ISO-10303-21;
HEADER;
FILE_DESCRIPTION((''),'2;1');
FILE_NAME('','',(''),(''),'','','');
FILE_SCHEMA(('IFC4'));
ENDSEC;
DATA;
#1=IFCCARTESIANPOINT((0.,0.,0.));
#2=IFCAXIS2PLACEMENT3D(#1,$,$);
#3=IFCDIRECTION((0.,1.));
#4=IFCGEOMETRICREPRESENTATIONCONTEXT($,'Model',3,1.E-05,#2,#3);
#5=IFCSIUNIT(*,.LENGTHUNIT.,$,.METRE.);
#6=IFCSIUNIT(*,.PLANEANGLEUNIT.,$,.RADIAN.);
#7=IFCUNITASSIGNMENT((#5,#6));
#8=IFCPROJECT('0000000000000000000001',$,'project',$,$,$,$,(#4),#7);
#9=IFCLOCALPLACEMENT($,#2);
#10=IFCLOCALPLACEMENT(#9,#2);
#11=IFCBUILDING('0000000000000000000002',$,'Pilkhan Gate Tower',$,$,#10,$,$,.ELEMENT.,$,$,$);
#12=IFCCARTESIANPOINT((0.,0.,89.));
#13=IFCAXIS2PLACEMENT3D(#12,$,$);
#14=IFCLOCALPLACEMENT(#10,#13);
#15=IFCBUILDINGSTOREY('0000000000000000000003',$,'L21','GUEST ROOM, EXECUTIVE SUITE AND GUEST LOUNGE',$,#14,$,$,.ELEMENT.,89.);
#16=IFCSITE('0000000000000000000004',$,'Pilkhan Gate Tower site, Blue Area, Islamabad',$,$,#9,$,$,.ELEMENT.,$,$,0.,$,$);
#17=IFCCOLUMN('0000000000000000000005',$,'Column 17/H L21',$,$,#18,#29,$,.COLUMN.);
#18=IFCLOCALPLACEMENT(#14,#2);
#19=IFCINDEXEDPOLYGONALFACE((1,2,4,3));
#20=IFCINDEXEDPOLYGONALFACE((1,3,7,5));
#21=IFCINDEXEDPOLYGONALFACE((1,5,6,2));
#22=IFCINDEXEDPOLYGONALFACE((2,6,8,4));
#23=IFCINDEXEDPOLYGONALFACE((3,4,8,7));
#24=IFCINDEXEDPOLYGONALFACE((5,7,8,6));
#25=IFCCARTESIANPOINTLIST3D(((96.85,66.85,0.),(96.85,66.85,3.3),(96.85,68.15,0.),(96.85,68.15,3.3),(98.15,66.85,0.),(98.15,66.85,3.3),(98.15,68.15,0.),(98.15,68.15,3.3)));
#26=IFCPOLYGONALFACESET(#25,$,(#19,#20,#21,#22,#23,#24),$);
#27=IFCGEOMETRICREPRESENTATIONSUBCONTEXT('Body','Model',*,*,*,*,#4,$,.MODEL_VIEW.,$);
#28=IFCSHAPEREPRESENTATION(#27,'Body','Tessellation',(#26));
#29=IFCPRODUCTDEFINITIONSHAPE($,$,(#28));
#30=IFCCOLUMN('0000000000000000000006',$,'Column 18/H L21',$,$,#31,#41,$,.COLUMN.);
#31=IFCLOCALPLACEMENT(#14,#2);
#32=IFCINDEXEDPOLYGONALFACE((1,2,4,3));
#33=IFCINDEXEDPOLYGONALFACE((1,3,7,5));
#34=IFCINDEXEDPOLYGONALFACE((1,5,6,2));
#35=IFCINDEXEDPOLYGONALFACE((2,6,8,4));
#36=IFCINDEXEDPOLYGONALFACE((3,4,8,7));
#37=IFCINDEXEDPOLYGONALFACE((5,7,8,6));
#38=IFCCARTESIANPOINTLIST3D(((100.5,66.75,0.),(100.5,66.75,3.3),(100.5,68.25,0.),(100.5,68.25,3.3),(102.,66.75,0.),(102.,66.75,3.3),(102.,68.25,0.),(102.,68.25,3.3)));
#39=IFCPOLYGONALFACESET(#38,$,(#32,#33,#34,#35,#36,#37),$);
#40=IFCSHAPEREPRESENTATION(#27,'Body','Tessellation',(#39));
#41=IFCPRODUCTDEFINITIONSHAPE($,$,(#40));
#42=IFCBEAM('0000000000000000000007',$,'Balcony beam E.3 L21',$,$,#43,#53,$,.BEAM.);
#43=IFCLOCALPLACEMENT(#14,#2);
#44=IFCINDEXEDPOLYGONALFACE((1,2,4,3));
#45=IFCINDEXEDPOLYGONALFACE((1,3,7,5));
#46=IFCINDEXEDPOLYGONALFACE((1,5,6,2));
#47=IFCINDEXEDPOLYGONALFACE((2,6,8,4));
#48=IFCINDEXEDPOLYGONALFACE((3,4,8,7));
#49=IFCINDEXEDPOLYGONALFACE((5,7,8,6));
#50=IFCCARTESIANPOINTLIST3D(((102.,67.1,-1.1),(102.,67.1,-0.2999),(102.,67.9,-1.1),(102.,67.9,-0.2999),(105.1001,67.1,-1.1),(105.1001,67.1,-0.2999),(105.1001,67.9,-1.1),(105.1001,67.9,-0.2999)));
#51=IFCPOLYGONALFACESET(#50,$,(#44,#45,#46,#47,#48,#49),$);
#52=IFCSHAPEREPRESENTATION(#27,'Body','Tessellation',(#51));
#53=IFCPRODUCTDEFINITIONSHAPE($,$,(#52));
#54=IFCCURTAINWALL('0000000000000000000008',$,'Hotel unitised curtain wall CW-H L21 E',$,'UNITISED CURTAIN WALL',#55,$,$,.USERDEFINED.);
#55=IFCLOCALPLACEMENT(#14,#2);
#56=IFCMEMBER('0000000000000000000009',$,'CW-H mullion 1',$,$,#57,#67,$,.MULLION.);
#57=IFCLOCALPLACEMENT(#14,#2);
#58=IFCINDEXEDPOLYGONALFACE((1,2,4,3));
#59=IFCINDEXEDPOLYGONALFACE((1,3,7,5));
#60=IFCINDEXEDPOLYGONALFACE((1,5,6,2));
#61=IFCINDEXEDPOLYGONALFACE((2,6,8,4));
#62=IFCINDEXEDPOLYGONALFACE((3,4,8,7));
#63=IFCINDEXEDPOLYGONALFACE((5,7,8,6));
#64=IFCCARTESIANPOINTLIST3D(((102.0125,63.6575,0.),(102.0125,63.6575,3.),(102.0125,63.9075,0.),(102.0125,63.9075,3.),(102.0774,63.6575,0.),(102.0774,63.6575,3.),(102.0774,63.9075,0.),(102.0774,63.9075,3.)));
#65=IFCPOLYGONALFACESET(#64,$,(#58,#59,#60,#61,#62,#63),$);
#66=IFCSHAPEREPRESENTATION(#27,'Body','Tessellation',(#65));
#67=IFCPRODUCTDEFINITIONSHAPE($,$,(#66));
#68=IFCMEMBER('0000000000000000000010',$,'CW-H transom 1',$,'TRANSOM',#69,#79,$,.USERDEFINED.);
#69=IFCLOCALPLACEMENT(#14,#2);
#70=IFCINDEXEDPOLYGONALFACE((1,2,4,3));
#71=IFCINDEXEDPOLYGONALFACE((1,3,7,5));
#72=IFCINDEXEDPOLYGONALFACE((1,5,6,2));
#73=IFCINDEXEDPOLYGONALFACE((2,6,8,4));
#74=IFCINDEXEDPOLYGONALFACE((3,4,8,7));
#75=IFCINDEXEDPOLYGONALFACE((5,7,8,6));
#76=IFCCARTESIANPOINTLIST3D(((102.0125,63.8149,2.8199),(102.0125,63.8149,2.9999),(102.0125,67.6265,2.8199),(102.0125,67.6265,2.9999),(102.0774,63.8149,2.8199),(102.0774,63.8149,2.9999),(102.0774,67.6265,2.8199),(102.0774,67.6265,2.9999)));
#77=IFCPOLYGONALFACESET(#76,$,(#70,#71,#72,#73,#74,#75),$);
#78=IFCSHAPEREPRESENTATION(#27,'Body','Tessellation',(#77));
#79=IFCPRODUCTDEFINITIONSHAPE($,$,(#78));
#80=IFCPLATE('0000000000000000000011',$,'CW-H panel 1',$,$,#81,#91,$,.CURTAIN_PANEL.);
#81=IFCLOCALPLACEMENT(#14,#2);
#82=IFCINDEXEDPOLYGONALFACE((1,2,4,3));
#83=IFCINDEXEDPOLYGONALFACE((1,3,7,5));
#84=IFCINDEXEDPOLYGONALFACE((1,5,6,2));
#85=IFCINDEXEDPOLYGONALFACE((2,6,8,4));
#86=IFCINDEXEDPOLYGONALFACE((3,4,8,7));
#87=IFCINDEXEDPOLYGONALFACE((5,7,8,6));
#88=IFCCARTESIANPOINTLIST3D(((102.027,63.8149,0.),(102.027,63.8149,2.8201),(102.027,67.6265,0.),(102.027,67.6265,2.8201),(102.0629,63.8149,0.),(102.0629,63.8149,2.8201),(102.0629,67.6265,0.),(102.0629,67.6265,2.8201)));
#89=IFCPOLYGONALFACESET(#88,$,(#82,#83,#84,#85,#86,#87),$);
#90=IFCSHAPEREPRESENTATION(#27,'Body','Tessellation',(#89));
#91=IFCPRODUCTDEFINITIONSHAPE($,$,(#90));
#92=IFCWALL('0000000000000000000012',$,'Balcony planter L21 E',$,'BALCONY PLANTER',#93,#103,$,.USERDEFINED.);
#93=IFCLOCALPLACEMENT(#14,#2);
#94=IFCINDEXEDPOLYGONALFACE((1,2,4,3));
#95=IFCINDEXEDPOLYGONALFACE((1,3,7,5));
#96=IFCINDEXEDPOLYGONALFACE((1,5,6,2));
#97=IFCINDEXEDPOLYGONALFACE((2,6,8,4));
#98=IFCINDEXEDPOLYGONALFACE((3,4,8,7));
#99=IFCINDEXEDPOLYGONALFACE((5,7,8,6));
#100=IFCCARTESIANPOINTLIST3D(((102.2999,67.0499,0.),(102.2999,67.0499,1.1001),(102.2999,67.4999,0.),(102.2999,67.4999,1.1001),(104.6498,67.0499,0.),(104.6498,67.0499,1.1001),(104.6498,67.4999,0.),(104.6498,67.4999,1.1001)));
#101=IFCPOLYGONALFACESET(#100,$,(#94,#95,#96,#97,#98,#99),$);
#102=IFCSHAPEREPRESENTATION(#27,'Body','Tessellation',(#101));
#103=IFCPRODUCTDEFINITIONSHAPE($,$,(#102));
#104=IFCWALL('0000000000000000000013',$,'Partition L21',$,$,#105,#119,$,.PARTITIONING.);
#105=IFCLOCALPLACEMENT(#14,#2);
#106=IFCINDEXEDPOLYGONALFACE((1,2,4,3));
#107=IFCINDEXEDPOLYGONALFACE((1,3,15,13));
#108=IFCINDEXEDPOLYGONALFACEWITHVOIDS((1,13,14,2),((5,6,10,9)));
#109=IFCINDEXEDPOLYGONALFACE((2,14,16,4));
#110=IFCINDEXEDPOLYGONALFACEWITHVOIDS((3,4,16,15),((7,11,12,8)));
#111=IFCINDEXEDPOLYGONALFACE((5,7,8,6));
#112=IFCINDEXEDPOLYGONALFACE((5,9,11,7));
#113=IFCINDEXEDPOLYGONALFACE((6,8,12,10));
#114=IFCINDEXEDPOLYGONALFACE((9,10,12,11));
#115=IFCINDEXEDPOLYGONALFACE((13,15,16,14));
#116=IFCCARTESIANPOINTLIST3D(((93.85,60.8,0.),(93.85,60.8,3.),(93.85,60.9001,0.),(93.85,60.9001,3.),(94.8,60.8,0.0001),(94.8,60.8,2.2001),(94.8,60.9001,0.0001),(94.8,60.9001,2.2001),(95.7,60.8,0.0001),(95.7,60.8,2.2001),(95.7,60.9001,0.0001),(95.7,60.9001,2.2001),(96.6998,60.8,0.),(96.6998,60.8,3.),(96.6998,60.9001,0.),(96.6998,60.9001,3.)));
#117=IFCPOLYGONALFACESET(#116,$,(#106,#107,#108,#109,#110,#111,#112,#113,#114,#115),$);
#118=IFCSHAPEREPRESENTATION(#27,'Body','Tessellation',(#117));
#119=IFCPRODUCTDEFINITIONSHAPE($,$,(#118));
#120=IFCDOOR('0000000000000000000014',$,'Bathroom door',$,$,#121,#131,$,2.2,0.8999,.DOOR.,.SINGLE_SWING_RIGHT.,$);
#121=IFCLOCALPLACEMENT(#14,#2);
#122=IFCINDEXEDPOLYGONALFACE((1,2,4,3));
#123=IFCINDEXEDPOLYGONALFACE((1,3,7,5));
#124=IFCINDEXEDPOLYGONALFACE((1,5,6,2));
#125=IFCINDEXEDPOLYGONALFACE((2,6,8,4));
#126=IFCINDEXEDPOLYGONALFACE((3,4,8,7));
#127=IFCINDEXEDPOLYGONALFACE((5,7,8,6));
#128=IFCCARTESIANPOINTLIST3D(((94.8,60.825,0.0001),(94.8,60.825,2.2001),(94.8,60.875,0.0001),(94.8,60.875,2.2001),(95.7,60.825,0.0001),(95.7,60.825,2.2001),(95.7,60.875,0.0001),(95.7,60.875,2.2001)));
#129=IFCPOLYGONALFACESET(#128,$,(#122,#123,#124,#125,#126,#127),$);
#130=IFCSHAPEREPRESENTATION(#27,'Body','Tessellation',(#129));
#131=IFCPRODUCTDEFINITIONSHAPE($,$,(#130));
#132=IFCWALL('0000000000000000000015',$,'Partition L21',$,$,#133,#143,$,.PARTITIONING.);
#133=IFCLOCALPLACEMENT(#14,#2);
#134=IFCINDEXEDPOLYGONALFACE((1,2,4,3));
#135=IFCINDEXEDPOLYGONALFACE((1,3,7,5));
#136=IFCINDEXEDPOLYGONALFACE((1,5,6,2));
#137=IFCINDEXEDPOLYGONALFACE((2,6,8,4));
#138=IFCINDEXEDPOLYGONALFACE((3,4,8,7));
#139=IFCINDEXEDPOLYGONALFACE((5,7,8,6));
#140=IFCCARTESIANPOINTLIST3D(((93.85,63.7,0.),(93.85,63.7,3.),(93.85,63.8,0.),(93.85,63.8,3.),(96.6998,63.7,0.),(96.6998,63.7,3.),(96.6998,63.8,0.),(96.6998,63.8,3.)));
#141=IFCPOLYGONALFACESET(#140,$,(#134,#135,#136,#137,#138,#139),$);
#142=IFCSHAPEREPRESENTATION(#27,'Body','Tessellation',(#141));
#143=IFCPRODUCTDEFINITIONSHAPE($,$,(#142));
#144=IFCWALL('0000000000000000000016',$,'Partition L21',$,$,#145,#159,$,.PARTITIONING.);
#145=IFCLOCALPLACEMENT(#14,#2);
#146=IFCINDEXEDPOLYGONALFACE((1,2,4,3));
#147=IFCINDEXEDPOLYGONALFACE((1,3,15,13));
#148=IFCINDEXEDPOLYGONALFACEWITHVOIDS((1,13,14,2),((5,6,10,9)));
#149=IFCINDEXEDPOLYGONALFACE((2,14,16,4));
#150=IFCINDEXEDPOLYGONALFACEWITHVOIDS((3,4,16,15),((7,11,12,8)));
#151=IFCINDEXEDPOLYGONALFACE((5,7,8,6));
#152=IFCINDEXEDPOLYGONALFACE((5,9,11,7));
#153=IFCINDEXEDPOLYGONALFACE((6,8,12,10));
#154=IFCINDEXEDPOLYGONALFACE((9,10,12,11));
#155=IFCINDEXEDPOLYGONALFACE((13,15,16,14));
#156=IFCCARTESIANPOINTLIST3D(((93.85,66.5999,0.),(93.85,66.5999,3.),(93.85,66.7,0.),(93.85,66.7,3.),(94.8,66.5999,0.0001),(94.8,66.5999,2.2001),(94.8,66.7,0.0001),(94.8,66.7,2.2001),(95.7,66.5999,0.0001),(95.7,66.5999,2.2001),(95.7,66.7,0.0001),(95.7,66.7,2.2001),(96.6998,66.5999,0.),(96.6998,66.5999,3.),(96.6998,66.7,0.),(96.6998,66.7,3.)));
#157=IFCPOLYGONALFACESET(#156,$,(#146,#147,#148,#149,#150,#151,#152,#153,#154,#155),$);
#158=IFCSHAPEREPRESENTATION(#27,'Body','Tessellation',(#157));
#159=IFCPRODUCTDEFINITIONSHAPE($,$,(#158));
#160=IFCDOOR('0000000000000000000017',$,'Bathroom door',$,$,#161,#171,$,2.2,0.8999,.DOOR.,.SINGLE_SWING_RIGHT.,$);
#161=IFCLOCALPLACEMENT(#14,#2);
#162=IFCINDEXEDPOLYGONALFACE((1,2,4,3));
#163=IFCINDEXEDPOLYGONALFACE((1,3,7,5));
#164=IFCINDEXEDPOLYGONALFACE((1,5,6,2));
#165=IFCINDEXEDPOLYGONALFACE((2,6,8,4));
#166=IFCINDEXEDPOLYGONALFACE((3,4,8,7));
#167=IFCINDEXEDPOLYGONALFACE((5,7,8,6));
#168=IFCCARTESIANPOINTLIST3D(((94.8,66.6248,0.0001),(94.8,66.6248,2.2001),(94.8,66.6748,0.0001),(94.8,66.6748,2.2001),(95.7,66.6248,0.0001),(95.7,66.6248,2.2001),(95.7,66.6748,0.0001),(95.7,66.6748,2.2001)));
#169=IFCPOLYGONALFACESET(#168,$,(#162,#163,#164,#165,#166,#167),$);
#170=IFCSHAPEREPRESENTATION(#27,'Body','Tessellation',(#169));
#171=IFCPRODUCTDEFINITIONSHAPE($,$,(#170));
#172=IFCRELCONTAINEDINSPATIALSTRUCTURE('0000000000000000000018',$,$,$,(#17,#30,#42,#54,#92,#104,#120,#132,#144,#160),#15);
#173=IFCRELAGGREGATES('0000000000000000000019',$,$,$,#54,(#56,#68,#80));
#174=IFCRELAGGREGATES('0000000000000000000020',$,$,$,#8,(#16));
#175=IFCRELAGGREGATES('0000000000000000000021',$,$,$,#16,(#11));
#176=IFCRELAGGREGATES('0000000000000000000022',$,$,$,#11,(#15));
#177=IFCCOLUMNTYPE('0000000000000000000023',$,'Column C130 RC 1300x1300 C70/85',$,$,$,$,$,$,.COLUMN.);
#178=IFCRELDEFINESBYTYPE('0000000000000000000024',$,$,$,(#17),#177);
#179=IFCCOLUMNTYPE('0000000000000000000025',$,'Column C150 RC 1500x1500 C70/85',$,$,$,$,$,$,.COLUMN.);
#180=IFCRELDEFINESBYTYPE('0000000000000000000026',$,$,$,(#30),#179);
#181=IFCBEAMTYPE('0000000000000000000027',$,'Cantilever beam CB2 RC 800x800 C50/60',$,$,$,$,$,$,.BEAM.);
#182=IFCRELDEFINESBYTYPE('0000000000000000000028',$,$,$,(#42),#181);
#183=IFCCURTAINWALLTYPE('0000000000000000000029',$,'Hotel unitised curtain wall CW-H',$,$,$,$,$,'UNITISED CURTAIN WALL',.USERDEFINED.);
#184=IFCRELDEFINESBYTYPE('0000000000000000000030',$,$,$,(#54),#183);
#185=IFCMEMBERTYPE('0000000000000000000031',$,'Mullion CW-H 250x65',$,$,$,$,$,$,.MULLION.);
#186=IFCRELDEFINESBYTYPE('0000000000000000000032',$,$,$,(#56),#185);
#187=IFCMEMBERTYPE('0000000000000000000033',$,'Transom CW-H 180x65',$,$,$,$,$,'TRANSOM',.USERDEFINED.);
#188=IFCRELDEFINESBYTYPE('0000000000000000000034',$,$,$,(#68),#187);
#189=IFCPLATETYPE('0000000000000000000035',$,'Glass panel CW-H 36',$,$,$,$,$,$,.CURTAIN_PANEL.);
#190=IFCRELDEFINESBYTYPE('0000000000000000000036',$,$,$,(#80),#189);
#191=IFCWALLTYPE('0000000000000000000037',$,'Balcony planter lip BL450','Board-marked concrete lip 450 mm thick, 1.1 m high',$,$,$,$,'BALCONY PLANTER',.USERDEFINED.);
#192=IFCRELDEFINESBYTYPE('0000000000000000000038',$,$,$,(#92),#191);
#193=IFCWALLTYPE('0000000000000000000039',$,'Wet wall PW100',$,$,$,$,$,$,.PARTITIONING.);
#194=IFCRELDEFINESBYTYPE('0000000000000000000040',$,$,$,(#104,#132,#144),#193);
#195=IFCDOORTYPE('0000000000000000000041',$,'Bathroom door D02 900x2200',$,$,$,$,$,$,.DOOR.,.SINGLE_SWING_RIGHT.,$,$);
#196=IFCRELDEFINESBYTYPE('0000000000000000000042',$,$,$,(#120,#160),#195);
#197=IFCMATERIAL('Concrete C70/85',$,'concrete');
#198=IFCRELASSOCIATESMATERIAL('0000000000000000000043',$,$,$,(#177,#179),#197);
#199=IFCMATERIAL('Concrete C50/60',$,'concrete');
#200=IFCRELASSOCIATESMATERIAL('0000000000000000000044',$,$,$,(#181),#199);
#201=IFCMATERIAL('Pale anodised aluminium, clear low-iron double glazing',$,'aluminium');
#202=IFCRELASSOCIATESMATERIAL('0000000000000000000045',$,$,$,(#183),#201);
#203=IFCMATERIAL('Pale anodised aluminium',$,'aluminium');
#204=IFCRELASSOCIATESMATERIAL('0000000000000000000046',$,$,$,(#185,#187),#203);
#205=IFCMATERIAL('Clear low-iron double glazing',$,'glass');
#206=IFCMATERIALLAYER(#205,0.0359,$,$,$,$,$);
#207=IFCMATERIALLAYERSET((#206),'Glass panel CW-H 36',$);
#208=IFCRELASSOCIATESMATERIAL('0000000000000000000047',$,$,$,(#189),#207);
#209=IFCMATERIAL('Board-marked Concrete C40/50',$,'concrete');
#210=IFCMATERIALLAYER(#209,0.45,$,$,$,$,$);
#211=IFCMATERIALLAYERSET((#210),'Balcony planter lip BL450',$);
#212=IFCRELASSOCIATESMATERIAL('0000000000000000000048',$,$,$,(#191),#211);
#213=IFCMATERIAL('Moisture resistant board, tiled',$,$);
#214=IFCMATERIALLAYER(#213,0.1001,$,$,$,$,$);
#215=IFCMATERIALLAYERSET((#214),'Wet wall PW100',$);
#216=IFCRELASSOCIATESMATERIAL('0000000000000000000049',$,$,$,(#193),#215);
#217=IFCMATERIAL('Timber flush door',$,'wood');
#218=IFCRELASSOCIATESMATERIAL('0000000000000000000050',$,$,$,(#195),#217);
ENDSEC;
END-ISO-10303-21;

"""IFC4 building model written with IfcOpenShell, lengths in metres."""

from ifc_helpers import new_model, si_unit, direction, frame, frame_2d, origin, origin_2d, place, context, subcontext, project, spatial, rectangle, extrude, material, layer, layer_set, material_profile, profile_set, type_object, element, fill, aggregate, save


model = new_model("IFC4")

# Units and contexts
model_context = context("Model", 3, precision=1e-05, world=origin(), true_north=direction((0.0, 1.0)))
body_context = subcontext(model_context, "Body", "Model", "MODEL_VIEW")
ifc_project = project(units=[si_unit("LENGTHUNIT", "METRE"), si_unit("PLANEANGLEUNIT", "RADIAN")], contexts=[model_context])

# Site, building, storey
site_placement = place(None, origin())
site = spatial("IfcSite", under=ifc_project, at=site_placement, Name="Pilkhan Gate Tower site, Blue Area, Islamabad", CompositionType="ELEMENT", RefElevation=0.0)
building_placement = place(site_placement, origin())
building = spatial("IfcBuilding", under=site, at=building_placement, Name="Pilkhan Gate Tower", CompositionType="ELEMENT")
storey_placement = place(building_placement, frame((0.0, 0.0, 89.0)))
storey = spatial("IfcBuildingStorey", under=building, at=storey_placement, Name="L21", Description="GUEST ROOM, EXECUTIVE SUITE AND GUEST LOUNGE", CompositionType="ELEMENT", Elevation=89.0)

# Columns
ifc_material_1 = material(Name="Concrete C70/85", Category="concrete")
ifc_material_profile_1 = material_profile(ifc_material_1, rectangle(XDim=1.3, YDim=1.3, at=origin_2d()), Name="RC 1300x1300")
ifc_profile_set_1 = profile_set([ifc_material_profile_1], Name="Concrete C70/85")
column_type_1 = type_object("IfcColumnType", Name="Column C130 RC 1300x1300 C70/85", PredefinedType="COLUMN", material=ifc_profile_set_1)
column_1_placement = place(storey_placement, frame((97.5, 67.5, 0.0), z_axis=(0.0, 0.0, 1.0), x_axis=(1.0, 0.0, 0.0)))
element("IfcColumn", 1, at=column_1_placement, inside=storey, type_object=column_type_1, Name="Column 17/H L21", PredefinedType="COLUMN", context=body_context, shape_type="SweptSolid", body=[
    extrude(rectangle(XDim=1.3, YDim=1.3, at=origin_2d()), origin(), (0.0, 0.0, 1.0), 3.3),
])
ifc_material_profile_2 = material_profile(ifc_material_1, rectangle(XDim=1.5, YDim=1.5, at=origin_2d()), Name="RC 1500x1500")
ifc_profile_set_2 = profile_set([ifc_material_profile_2], Name="Concrete C70/85")
column_type_2 = type_object("IfcColumnType", Name="Column C150 RC 1500x1500 C70/85", PredefinedType="COLUMN", material=ifc_profile_set_2)
column_2_placement = place(storey_placement, frame((101.25, 67.5, 0.0), z_axis=(0.0, 0.0, 1.0), x_axis=(1.0, 0.0, 0.0)))
element("IfcColumn", 2, at=column_2_placement, inside=storey, type_object=column_type_2, Name="Column 18/H L21", PredefinedType="COLUMN", context=body_context, shape_type="SweptSolid", body=[
    extrude(rectangle(XDim=1.5, YDim=1.5, at=origin_2d()), origin(), (0.0, 0.0, 1.0), 3.3),
])

# Beam
ifc_material_2 = material(Name="Concrete C50/60", Category="concrete")
ifc_material_profile_3 = material_profile(ifc_material_2, rectangle(XDim=0.8, YDim=0.8, at=origin_2d()), Name="RC 800x800")
ifc_profile_set_3 = profile_set([ifc_material_profile_3], Name="Concrete C50/60")
beam_type = type_object("IfcBeamType", Name="Cantilever beam CB2 RC 800x800 C50/60", PredefinedType="BEAM", material=ifc_profile_set_3)
beam_placement = place(storey_placement, frame((102.0, 67.5, -0.7), z_axis=(1.0, 0.0, 0.0), x_axis=(0.0, 1.0, 0.0)))
element("IfcBeam", 3, at=beam_placement, inside=storey, type_object=beam_type, Name="Balcony beam E.3 L21", PredefinedType="BEAM", context=body_context, shape_type="SweptSolid", body=[
    extrude(rectangle(XDim=0.8, YDim=0.8, at=origin_2d()), origin(), (0.0, 0.0, 1.0), 3.1001),
])

# Curtain wall, members, plate
ifc_material_3 = material(Name="Pale anodised aluminium, clear low-iron double glazing", Category="aluminium")
curtain_wall_type = type_object("IfcCurtainWallType", Name="Hotel unitised curtain wall CW-H", ElementType="UNITISED CURTAIN WALL", PredefinedType="USERDEFINED", material=ifc_material_3)
curtain_wall_placement = place(storey_placement, origin())
curtain_wall = element("IfcCurtainWall", 4, at=curtain_wall_placement, inside=storey, type_object=curtain_wall_type, Name="Hotel unitised curtain wall CW-H L21 E", ObjectType="UNITISED CURTAIN WALL", PredefinedType="USERDEFINED")
ifc_material_4 = material(Name="Pale anodised aluminium", Category="aluminium")
ifc_material_profile_4 = material_profile(ifc_material_4, rectangle(XDim=0.0649, YDim=0.25, at=origin_2d()), Name="Mullion 250x65")
ifc_profile_set_4 = profile_set([ifc_material_profile_4], Name="Pale anodised aluminium")
member_type_1 = type_object("IfcMemberType", Name="Mullion CW-H 250x65", PredefinedType="MULLION", material=ifc_profile_set_4)
member_1_placement = place(storey_placement, frame((102.0449, 63.7825, 0.0), z_axis=(0.0, 0.0, 1.0), x_axis=(-1.0, 0.0, 0.0)))
member_1 = element("IfcMember", 5, at=member_1_placement, type_object=member_type_1, Name="CW-H mullion 1", PredefinedType="MULLION", context=body_context, shape_type="SweptSolid", body=[
    extrude(rectangle(XDim=0.0649, YDim=0.25, at=origin_2d()), origin(), (0.0, 0.0, 1.0), 3.0),
])
ifc_material_profile_5 = material_profile(ifc_material_4, rectangle(XDim=0.0649, YDim=0.1799, at=origin_2d()), Name="Transom 180x65")
ifc_profile_set_5 = profile_set([ifc_material_profile_5], Name="Pale anodised aluminium")
member_type_2 = type_object("IfcMemberType", Name="Transom CW-H 180x65", ElementType="TRANSOM", PredefinedType="USERDEFINED", material=ifc_profile_set_5)
member_2_placement = place(storey_placement, frame((102.0449, 63.8149, 2.9099), z_axis=(0.0, 1.0, 0.0), x_axis=(-1.0, 0.0, 0.0)))
member_2 = element("IfcMember", 6, at=member_2_placement, type_object=member_type_2, Name="CW-H transom 1", ObjectType="TRANSOM", PredefinedType="USERDEFINED", context=body_context, shape_type="SweptSolid", body=[
    extrude(rectangle(XDim=0.0649, YDim=0.1799, at=origin_2d()), origin(), (0.0, 0.0, 1.0), 3.8115),
])
ifc_material_5 = material(Name="Clear low-iron double glazing", Category="glass")
ifc_layer_1 = layer(ifc_material_5, 0.0359)
ifc_layer_set_1 = layer_set([ifc_layer_1], Name="Glass panel CW-H 36")
plate_type = type_object("IfcPlateType", Name="Glass panel CW-H 36", PredefinedType="CURTAIN_PANEL", material=ifc_layer_set_1)
plate_placement = place(storey_placement, frame((102.0449, 65.7207, 0.0), z_axis=(0.0, 0.0, 1.0), x_axis=(0.0, 1.0, 0.0)))
plate = element("IfcPlate", 7, at=plate_placement, type_object=plate_type, Name="CW-H panel 1", PredefinedType="CURTAIN_PANEL", context=body_context, shape_type="SweptSolid", body=[
    extrude(rectangle(XDim=3.8115, YDim=0.0359, at=origin_2d()), origin(), (0.0, 0.0, 1.0), 2.8201),
])
aggregate(curtain_wall, [member_1, member_2, plate])

# Wall
ifc_material_6 = material(Name="Board-marked Concrete C40/50", Category="concrete")
ifc_layer_2 = layer(ifc_material_6, 0.45)
ifc_layer_set_2 = layer_set([ifc_layer_2], Name="Balcony planter lip BL450")
wall_type_1 = type_object("IfcWallType", Name="Balcony planter lip BL450", Description="Board-marked concrete lip 450 mm thick, 1.1 m high", ElementType="BALCONY PLANTER", PredefinedType="USERDEFINED", material=ifc_layer_set_2)
wall_1_placement = place(storey_placement, frame((102.3, 67.2749, 0.0), z_axis=(0.0, 0.0, 1.0), x_axis=(1.0, 0.0, 0.0)))
element("IfcWall", 8, at=wall_1_placement, inside=storey, type_object=wall_type_1, Name="Balcony planter L21 E", ObjectType="BALCONY PLANTER", PredefinedType="USERDEFINED", context=body_context, shape_type="SweptSolid", body=[
    extrude(rectangle(XDim=2.3499, YDim=0.45, at=frame_2d((1.1748, 0.0))), origin(), (0.0, 0.0, 1.0), 1.1001),
])

# Wall, opening, door
ifc_material_7 = material(Name="Moisture resistant board, tiled")
ifc_layer_3 = layer(ifc_material_7, 0.1001)
ifc_layer_set_3 = layer_set([ifc_layer_3], Name="Wet wall PW100")
wall_type_2 = type_object("IfcWallType", Name="Wet wall PW100", PredefinedType="PARTITIONING", material=ifc_layer_set_3)
wall_2_placement = place(storey_placement, frame((93.8501, 60.8501, 0.0), z_axis=(0.0, 0.0, 1.0), x_axis=(1.0, 0.0, 0.0)))
wall_2 = element("IfcWall", 9, at=wall_2_placement, inside=storey, type_object=wall_type_2, Name="Partition L21", PredefinedType="PARTITIONING", context=body_context, shape_type="SweptSolid", body=[
    extrude(rectangle(XDim=2.8499, YDim=0.1001, at=frame_2d((1.4248, 0.0))), origin(), (0.0, 0.0, 1.0), 3.0),
])
opening_1_placement = place(wall_2_placement, frame((0.95, 0.0, 0.0)))
opening_1 = element("IfcOpeningElement", 10, at=opening_1_placement, cuts=wall_2, PredefinedType="OPENING", context=body_context, shape_type="SweptSolid", body=[
    extrude(rectangle(XDim=0.8999, YDim=2.2, at=frame_2d((0.45, 1.1001))), frame((0.0, 0.0601, 0.0), z_axis=(0.0, -1.0, 0.0), x_axis=(1.0, 0.0, 0.0)), (0.0, 0.0, 1.0), 0.1201),
])
ifc_material_8 = material(Name="Timber flush door", Category="wood")
door_type = type_object("IfcDoorType", Name="Bathroom door D02 900x2200", OperationType="SINGLE_SWING_RIGHT", PredefinedType="DOOR", material=ifc_material_8)
door_1_placement = place(opening_1_placement, origin())
door_1 = element("IfcDoor", 11, at=door_1_placement, inside=storey, type_object=door_type, Name="Bathroom door", OperationType="SINGLE_SWING_RIGHT", OverallHeight=2.2, OverallWidth=0.8999, PredefinedType="DOOR", context=body_context, shape_type="SweptSolid", body=[
    extrude(rectangle(XDim=0.8999, YDim=2.2, at=frame_2d((0.45, 1.1001))), frame((0.0, 0.0249, 0.0), z_axis=(0.0, -1.0, 0.0), x_axis=(1.0, 0.0, 0.0)), (0.0, 0.0, 1.0), 0.05),
])
fill(opening_1, door_1)

# Wall
wall_3_placement = place(storey_placement, frame((93.8501, 63.75, 0.0), z_axis=(0.0, 0.0, 1.0), x_axis=(1.0, 0.0, 0.0)))
element("IfcWall", 12, at=wall_3_placement, inside=storey, type_object=wall_type_2, Name="Partition L21", PredefinedType="PARTITIONING", context=body_context, shape_type="SweptSolid", body=[
    extrude(rectangle(XDim=2.8499, YDim=0.1001, at=frame_2d((1.4248, 0.0))), origin(), (0.0, 0.0, 1.0), 3.0),
])

# Wall, opening, door
wall_4_placement = place(storey_placement, frame((93.8501, 66.6499, 0.0), z_axis=(0.0, 0.0, 1.0), x_axis=(1.0, 0.0, 0.0)))
wall_4 = element("IfcWall", 13, at=wall_4_placement, inside=storey, type_object=wall_type_2, Name="Partition L21", PredefinedType="PARTITIONING", context=body_context, shape_type="SweptSolid", body=[
    extrude(rectangle(XDim=2.8499, YDim=0.1001, at=frame_2d((1.4248, 0.0))), origin(), (0.0, 0.0, 1.0), 3.0),
])
opening_2_placement = place(wall_4_placement, frame((0.95, 0.0, 0.0)))
opening_2 = element("IfcOpeningElement", 14, at=opening_2_placement, cuts=wall_4, PredefinedType="OPENING", context=body_context, shape_type="SweptSolid", body=[
    extrude(rectangle(XDim=0.8999, YDim=2.2, at=frame_2d((0.45, 1.1001))), frame((0.0, 0.0601, 0.0), z_axis=(0.0, -1.0, 0.0), x_axis=(1.0, 0.0, 0.0)), (0.0, 0.0, 1.0), 0.1201),
])
door_2_placement = place(opening_2_placement, origin())
door_2 = element("IfcDoor", 15, at=door_2_placement, inside=storey, type_object=door_type, Name="Bathroom door", OperationType="SINGLE_SWING_RIGHT", OverallHeight=2.2, OverallWidth=0.8999, PredefinedType="DOOR", context=body_context, shape_type="SweptSolid", body=[
    extrude(rectangle(XDim=0.8999, YDim=2.2, at=frame_2d((0.45, 1.1001))), frame((0.0, 0.0249, 0.0), z_axis=(0.0, -1.0, 0.0), x_axis=(1.0, 0.0, 0.0)), (0.0, 0.0, 1.0), 0.05),
])
fill(opening_2, door_2)

save(model, "model.ifc")
